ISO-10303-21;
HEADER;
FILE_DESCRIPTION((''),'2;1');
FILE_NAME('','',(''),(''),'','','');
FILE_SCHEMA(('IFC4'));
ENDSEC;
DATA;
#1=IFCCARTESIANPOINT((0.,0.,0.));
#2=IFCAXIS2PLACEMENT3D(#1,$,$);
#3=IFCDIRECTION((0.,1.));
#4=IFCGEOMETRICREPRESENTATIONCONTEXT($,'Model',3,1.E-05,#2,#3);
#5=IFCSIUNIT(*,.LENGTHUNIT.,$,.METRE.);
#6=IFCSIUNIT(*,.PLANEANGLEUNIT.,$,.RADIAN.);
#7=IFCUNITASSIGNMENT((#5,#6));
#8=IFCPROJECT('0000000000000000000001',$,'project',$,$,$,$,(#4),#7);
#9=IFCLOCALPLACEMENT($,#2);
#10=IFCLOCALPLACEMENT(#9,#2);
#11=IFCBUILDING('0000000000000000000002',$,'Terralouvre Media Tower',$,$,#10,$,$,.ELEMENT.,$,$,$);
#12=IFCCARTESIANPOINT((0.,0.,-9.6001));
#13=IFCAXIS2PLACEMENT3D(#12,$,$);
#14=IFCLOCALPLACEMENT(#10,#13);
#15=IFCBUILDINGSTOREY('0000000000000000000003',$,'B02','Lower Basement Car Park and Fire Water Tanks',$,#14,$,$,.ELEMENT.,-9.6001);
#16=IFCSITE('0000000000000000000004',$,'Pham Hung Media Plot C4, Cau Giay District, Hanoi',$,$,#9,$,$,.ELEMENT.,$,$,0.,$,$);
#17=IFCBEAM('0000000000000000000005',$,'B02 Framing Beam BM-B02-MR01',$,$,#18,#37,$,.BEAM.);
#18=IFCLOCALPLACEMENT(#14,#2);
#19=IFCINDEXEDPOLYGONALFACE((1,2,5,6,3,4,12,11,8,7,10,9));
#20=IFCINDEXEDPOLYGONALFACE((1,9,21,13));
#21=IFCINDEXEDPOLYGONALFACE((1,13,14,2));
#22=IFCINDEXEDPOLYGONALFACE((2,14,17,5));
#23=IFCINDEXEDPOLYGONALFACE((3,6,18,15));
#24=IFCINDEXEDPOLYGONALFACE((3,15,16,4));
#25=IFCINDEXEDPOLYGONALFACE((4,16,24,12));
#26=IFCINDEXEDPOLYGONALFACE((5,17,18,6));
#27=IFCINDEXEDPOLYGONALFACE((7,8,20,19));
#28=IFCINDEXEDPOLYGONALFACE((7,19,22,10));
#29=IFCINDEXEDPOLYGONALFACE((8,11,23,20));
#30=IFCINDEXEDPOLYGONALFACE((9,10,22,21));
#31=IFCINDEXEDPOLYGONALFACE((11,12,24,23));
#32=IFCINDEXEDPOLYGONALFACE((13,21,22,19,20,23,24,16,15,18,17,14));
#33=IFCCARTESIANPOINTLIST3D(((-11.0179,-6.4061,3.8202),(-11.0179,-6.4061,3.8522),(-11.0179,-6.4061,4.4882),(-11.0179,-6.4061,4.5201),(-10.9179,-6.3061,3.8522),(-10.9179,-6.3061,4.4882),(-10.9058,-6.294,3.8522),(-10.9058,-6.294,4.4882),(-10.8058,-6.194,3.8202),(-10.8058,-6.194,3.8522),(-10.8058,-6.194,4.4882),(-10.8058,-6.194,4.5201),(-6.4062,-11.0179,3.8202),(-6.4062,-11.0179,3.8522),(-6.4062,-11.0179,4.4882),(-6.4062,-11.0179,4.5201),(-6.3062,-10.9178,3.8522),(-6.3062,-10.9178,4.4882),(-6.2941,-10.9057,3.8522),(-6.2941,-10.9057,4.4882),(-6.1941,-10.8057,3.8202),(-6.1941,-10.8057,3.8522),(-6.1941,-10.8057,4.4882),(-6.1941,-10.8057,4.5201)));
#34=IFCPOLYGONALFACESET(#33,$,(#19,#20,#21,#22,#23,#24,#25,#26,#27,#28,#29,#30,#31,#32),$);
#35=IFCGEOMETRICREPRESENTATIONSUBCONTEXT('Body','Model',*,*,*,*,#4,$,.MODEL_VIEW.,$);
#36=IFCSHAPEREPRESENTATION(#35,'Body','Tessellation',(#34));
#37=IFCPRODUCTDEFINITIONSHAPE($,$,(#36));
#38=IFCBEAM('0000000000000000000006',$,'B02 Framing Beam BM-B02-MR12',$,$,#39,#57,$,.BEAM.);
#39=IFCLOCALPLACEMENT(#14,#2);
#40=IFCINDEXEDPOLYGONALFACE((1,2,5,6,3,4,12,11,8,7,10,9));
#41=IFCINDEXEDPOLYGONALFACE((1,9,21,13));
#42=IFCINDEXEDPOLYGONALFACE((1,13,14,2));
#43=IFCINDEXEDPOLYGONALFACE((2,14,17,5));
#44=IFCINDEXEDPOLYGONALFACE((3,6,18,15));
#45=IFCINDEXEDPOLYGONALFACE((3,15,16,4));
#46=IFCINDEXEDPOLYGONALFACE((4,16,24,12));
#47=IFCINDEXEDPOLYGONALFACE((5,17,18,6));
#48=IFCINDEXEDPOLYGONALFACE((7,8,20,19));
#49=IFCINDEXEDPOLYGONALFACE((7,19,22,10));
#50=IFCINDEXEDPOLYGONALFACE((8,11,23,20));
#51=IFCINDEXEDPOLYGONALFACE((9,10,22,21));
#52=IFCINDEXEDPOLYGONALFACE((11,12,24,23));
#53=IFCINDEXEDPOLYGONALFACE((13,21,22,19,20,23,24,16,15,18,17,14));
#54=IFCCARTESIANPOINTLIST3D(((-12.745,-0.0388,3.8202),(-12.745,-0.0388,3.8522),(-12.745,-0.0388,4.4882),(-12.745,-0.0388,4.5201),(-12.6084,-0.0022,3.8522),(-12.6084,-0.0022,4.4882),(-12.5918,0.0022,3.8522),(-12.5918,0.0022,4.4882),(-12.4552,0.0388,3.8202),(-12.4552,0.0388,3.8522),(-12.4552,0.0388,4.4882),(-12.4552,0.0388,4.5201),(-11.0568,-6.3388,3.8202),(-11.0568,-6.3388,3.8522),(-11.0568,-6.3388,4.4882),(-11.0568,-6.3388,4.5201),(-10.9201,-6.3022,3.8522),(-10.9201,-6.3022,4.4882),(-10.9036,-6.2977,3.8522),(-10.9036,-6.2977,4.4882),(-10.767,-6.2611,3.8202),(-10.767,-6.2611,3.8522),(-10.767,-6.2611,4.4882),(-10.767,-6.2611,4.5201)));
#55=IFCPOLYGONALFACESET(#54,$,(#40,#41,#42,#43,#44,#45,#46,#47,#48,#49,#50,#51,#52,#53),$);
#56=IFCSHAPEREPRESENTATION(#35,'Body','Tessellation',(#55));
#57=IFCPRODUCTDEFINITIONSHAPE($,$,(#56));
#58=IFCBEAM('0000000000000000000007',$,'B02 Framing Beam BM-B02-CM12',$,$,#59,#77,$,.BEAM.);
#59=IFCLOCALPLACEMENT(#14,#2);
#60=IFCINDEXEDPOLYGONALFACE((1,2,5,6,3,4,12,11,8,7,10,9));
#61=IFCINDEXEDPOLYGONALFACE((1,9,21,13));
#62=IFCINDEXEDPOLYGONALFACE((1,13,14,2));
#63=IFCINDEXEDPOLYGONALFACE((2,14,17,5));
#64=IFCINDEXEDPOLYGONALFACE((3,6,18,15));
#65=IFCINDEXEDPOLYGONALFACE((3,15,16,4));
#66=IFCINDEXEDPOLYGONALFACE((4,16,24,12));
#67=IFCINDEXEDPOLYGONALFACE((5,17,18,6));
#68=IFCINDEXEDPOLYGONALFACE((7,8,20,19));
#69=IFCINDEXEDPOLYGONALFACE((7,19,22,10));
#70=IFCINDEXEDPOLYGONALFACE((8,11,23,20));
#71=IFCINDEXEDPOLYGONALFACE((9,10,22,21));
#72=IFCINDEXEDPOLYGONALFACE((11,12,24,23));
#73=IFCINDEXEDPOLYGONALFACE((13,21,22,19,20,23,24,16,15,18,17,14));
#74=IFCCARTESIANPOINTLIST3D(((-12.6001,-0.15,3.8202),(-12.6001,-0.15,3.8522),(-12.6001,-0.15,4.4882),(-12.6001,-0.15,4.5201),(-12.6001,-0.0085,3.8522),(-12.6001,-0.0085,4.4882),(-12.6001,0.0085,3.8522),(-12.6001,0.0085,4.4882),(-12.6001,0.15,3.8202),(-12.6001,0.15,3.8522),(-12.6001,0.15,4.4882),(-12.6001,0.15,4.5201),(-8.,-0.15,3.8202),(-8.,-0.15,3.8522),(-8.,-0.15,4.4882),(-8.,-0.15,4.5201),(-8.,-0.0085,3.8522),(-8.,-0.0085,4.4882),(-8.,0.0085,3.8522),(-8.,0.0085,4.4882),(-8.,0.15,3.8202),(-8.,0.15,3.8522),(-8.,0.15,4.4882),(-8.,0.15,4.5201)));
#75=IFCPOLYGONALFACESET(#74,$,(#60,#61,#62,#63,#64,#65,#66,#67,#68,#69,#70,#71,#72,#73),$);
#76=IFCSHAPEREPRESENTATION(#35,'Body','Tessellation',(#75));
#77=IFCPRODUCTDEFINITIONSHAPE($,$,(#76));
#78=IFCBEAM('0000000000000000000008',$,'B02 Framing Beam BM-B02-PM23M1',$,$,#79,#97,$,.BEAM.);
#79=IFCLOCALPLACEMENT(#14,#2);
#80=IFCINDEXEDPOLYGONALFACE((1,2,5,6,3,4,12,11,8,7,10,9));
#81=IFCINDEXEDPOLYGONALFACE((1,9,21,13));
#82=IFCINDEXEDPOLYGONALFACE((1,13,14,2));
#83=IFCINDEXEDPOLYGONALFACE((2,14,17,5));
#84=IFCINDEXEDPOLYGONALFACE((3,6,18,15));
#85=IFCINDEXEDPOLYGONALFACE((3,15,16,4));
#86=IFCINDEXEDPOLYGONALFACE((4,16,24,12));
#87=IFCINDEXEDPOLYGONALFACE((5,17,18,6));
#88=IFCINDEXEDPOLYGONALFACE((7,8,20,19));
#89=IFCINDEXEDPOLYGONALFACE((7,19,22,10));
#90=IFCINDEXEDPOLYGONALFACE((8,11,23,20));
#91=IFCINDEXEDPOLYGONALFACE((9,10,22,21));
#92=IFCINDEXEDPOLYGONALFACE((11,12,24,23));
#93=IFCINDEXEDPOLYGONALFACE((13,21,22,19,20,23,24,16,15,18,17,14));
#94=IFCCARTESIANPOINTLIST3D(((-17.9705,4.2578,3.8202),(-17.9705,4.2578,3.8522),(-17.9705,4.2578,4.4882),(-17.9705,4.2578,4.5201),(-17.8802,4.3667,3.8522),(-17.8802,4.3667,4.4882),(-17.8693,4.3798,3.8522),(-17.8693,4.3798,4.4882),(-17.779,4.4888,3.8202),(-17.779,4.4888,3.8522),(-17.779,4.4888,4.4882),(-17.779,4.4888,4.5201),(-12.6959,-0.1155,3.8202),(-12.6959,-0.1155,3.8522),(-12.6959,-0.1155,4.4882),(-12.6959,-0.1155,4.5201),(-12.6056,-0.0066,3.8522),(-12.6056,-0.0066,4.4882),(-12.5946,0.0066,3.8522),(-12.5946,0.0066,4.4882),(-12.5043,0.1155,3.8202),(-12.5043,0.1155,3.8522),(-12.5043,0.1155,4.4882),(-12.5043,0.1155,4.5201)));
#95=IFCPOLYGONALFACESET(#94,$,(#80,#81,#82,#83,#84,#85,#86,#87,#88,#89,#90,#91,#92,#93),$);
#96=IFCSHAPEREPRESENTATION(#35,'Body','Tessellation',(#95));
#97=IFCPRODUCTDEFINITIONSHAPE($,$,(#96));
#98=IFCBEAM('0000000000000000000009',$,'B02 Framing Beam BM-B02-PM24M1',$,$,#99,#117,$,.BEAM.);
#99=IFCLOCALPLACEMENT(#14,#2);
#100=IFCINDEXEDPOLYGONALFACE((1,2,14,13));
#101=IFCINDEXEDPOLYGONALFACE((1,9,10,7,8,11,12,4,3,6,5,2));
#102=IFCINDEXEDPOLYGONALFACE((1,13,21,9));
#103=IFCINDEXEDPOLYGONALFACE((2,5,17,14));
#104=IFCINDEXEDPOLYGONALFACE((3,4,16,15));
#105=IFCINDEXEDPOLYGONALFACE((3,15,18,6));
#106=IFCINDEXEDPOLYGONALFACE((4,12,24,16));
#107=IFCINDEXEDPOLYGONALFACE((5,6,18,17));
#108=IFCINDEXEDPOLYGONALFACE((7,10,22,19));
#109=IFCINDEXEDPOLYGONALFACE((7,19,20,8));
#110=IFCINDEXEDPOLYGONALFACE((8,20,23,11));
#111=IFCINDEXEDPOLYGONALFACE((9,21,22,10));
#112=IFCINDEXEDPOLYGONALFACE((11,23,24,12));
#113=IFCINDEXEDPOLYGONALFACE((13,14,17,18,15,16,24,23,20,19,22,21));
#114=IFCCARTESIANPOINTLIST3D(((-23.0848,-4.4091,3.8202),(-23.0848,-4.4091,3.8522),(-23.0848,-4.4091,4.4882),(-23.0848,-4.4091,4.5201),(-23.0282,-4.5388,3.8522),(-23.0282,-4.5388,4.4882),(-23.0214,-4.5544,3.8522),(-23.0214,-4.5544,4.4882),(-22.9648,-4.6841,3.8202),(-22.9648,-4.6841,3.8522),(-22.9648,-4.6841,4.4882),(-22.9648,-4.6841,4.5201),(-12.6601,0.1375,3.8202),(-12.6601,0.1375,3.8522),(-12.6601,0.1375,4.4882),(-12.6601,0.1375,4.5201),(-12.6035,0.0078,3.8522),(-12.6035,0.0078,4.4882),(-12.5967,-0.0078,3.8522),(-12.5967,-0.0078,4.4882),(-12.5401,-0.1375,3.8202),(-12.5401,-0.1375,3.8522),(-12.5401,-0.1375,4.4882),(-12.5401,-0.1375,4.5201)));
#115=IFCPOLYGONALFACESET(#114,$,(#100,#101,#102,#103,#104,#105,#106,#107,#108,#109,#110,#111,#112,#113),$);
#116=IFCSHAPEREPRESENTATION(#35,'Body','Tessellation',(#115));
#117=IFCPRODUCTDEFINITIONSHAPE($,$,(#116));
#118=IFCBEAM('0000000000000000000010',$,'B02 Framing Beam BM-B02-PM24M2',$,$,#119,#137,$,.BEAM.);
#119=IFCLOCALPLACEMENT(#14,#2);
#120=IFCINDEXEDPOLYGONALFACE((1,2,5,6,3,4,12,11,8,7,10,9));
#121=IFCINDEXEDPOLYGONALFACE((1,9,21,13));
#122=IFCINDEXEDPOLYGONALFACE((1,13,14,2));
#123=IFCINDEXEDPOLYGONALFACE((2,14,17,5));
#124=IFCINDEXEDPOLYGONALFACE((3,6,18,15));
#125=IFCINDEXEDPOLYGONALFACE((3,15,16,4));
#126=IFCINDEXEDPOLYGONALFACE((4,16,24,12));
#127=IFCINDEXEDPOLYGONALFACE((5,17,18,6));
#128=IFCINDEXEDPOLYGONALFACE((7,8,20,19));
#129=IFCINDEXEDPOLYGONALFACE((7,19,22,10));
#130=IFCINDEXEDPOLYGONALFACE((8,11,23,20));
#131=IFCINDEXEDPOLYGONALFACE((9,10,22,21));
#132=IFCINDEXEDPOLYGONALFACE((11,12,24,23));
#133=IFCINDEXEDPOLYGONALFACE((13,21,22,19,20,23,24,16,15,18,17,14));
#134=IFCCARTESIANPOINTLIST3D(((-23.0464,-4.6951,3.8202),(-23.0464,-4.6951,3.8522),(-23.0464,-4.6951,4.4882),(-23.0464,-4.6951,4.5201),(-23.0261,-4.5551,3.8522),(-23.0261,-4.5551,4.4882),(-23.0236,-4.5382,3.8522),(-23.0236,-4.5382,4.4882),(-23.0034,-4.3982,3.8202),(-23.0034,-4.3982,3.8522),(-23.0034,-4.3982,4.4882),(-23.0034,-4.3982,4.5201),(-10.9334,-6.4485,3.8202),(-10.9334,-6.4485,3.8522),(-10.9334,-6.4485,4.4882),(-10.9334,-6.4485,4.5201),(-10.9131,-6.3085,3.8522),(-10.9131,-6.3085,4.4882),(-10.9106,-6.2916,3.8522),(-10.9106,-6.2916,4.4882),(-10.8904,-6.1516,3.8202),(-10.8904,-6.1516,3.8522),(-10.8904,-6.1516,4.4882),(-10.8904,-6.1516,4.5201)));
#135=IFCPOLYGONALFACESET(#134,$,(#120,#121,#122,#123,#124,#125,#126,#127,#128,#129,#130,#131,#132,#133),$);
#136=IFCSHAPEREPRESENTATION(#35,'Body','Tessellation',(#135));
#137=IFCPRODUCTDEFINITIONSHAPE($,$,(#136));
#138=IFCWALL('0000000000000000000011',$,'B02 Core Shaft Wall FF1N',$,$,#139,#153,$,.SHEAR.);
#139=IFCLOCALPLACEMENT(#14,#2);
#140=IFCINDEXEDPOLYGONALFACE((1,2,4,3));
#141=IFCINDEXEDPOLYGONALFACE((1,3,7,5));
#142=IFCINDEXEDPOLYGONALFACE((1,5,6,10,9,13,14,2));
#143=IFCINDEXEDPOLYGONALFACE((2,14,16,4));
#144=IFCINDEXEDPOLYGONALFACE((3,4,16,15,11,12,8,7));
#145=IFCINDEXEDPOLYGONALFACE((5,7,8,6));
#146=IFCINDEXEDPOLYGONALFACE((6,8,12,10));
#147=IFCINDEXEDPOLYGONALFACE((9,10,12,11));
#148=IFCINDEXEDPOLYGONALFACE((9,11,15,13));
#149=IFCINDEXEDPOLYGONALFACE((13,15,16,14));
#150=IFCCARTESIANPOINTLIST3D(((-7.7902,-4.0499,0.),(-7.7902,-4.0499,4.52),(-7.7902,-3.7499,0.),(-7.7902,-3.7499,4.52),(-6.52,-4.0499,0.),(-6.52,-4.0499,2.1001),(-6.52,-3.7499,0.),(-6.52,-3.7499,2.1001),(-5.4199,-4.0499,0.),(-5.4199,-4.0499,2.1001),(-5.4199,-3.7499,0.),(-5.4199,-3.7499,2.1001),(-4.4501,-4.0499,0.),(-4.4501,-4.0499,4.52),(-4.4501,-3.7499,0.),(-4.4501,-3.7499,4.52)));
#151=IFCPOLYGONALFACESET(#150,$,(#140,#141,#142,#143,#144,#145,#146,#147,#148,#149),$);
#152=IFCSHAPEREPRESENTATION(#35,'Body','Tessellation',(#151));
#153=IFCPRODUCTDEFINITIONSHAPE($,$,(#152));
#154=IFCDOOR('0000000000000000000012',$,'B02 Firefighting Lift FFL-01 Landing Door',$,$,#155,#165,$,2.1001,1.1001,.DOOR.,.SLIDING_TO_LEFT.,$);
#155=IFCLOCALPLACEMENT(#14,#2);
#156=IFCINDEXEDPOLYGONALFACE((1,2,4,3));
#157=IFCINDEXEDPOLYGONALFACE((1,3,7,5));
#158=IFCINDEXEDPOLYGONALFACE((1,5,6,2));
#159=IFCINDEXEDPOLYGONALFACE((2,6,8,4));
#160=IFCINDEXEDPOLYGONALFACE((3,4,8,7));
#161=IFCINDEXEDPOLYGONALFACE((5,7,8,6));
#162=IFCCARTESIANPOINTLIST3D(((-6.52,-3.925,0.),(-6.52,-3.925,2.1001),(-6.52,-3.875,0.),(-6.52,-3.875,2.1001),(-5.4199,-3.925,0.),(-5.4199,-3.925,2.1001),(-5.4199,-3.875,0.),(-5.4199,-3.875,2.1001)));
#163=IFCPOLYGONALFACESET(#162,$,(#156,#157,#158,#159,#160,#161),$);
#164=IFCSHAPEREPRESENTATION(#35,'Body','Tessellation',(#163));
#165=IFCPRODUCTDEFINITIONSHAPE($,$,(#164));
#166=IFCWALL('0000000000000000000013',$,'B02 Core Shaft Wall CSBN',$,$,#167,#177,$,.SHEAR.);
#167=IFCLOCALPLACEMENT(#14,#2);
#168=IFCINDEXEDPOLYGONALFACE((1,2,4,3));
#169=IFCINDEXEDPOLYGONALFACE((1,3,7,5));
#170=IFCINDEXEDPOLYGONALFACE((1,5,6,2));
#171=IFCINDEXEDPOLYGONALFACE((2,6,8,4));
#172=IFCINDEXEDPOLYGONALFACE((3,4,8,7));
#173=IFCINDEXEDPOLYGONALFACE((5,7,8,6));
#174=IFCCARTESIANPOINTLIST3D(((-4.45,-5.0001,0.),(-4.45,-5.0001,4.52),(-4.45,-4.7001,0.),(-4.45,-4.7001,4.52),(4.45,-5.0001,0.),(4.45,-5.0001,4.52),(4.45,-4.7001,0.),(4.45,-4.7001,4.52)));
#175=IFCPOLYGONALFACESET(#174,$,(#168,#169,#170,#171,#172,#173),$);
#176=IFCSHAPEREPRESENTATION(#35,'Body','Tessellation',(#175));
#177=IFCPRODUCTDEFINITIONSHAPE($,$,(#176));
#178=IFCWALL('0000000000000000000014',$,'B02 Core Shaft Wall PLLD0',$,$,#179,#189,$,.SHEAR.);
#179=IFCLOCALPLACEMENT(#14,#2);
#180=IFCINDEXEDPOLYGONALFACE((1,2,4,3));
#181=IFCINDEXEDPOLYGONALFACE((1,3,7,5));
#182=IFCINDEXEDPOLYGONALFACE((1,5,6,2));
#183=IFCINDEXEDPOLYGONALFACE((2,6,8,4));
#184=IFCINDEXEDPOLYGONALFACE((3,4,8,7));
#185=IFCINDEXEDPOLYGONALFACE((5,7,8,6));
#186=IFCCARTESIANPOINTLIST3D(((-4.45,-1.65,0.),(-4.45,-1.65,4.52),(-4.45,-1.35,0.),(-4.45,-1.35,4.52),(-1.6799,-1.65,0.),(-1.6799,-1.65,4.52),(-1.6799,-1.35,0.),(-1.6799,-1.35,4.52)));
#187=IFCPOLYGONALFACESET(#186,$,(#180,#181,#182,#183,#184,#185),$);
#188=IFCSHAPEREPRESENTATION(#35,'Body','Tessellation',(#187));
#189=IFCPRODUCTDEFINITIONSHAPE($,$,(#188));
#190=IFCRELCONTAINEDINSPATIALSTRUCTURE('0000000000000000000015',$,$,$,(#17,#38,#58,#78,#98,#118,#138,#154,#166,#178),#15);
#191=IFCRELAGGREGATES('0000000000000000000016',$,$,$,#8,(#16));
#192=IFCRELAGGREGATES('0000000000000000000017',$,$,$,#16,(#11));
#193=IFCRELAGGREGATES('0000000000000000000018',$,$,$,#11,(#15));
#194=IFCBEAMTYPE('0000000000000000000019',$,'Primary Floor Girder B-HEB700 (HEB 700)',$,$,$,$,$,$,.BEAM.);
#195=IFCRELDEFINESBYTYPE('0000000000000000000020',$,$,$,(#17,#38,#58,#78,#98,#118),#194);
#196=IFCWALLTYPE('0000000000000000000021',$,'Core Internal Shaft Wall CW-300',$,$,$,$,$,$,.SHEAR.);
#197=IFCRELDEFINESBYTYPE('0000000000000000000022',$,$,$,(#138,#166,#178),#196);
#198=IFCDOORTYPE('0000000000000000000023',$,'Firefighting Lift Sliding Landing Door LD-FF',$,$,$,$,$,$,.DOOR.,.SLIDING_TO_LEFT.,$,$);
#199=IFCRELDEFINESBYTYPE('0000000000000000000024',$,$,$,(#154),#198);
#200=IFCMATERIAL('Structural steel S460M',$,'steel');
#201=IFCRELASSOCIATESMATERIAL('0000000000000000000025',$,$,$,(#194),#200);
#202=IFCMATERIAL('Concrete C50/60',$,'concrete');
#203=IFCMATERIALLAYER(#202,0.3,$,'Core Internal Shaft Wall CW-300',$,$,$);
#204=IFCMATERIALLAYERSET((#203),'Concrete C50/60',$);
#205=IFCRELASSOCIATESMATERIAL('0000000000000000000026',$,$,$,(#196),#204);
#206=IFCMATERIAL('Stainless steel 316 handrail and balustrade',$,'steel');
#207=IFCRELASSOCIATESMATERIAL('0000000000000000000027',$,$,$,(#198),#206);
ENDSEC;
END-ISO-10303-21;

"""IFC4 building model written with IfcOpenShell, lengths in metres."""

from ifc_helpers import new_model, si_unit, direction, frame, frame_2d, origin, origin_2d, place, context, subcontext, project, spatial, rectangle, i_section, extrude, material, layer, layer_set, material_profile, profile_set, type_object, element, fill, save


model = new_model("IFC4")

# Units and contexts
model_context = context("Model", 3, precision=1e-05, world=origin(), true_north=direction((0.0, 1.0)))
body_context = subcontext(model_context, "Body", "Model", "MODEL_VIEW")
ifc_project = project(units=[si_unit("LENGTHUNIT", "METRE"), si_unit("PLANEANGLEUNIT", "RADIAN")], contexts=[model_context])

# Site, building, storey
site_placement = place(None, origin())
site = spatial("IfcSite", under=ifc_project, at=site_placement, Name="Pham Hung Media Plot C4, Cau Giay District, Hanoi", CompositionType="ELEMENT", RefElevation=0.0)
building_placement = place(site_placement, origin())
building = spatial("IfcBuilding", under=site, at=building_placement, Name="Terralouvre Media Tower", CompositionType="ELEMENT")
storey_placement = place(building_placement, frame((0.0, 0.0, -9.6001)))
storey = spatial("IfcBuildingStorey", under=building, at=storey_placement, Name="B02", Description="Lower Basement Car Park and Fire Water Tanks", CompositionType="ELEMENT", Elevation=-9.6001)

# Beams
ifc_material_1 = material(Name="Structural steel S460M", Category="steel")
ifc_material_profile_1 = material_profile(ifc_material_1, i_section(OverallWidth=0.3, OverallDepth=0.7, WebThickness=0.0171, FlangeThickness=0.032, at=origin_2d()), Name="HEB 700")
ifc_profile_set_1 = profile_set([ifc_material_profile_1], Name="Structural steel S460M")
beam_type_1 = type_object("IfcBeamType", Name="Primary Floor Girder B-HEB700 (HEB 700)", PredefinedType="BEAM", material=ifc_profile_set_1)
beam_1_placement = place(storey_placement, frame((-10.9119, -6.3, 4.1702), z_axis=(0.707107, -0.707107, 0.0), x_axis=(0.707107, 0.707107, 0.0)))
element("IfcBeam", 1, at=beam_1_placement, inside=storey, type_object=beam_type_1, Name="B02 Framing Beam BM-B02-MR01", PredefinedType="BEAM", context=body_context, shape_type="SweptSolid", body=[
    extrude(i_section(OverallWidth=0.3, OverallDepth=0.7, WebThickness=0.0171, FlangeThickness=0.032, at=origin_2d()), origin(), (0.0, 0.0, 1.0), 6.522),
])
beam_2_placement = place(storey_placement, frame((-12.6001, 0.0, 4.1702), z_axis=(0.258839, -0.96592, 0.0), x_axis=(0.96592, 0.258839, 0.0)))
element("IfcBeam", 2, at=beam_2_placement, inside=storey, type_object=beam_type_1, Name="B02 Framing Beam BM-B02-MR12", PredefinedType="BEAM", context=body_context, shape_type="SweptSolid", body=[
    extrude(i_section(OverallWidth=0.3, OverallDepth=0.7, WebThickness=0.0171, FlangeThickness=0.032, at=origin_2d()), origin(), (0.0, 0.0, 1.0), 6.5222),
])
beam_3_placement = place(storey_placement, frame((-8.0, 0.0, 4.1702), z_axis=(-1.0, 0.0, 0.0), x_axis=(0.0, -1.0, 0.0)))
element("IfcBeam", 3, at=beam_3_placement, inside=storey, type_object=beam_type_1, Name="B02 Framing Beam BM-B02-CM12", PredefinedType="BEAM", context=body_context, shape_type="SweptSolid", body=[
    extrude(i_section(OverallWidth=0.3, OverallDepth=0.7, WebThickness=0.0171, FlangeThickness=0.032, at=origin_2d()), origin(), (0.0, 0.0, 1.0), 4.6001),
])
beam_4_placement = place(storey_placement, frame((-12.6001, 0.0, 4.1702), z_axis=(-0.769816, 0.638265, 0.0), x_axis=(-0.638265, -0.769816, 0.0)))
element("IfcBeam", 4, at=beam_4_placement, inside=storey, type_object=beam_type_1, Name="B02 Framing Beam BM-B02-PM23M1", PredefinedType="BEAM", context=body_context, shape_type="SweptSolid", body=[
    extrude(i_section(OverallWidth=0.3, OverallDepth=0.7, WebThickness=0.0171, FlangeThickness=0.032, at=origin_2d()), origin(), (0.0, 0.0, 1.0), 6.8518),
])
beam_5_placement = place(storey_placement, frame((-12.6001, 0.0, 4.1702), z_axis=(-0.916616, -0.399769, 0.0), x_axis=(0.399769, -0.916616, 0.0)))
element("IfcBeam", 5, at=beam_5_placement, inside=storey, type_object=beam_type_1, Name="B02 Framing Beam BM-B02-PM24M1", PredefinedType="BEAM", context=body_context, shape_type="SweptSolid", body=[
    extrude(i_section(OverallWidth=0.3, OverallDepth=0.7, WebThickness=0.0171, FlangeThickness=0.032, at=origin_2d()), origin(), (0.0, 0.0, 1.0), 11.373),
])
beam_6_placement = place(storey_placement, frame((-10.9119, -6.3, 4.1702), z_axis=(-0.989685, 0.143261, 0.0), x_axis=(-0.143261, -0.989685, 0.0)))
element("IfcBeam", 6, at=beam_6_placement, inside=storey, type_object=beam_type_1, Name="B02 Framing Beam BM-B02-PM24M2", PredefinedType="BEAM", context=body_context, shape_type="SweptSolid", body=[
    extrude(i_section(OverallWidth=0.3, OverallDepth=0.7, WebThickness=0.0171, FlangeThickness=0.032, at=origin_2d()), origin(), (0.0, 0.0, 1.0), 12.2393),
])

# Wall, opening, door
ifc_material_2 = material(Name="Concrete C50/60", Category="concrete")
ifc_layer_1 = layer(ifc_material_2, 0.3, Name="Core Internal Shaft Wall CW-300")
ifc_layer_set_1 = layer_set([ifc_layer_1], Name="Concrete C50/60")
wall_type = type_object("IfcWallType", Name="Core Internal Shaft Wall CW-300", PredefinedType="SHEAR", material=ifc_layer_set_1)
wall_1_placement = place(storey_placement, frame((-7.79, -3.8999, 0.0), z_axis=(0.0, 0.0, 1.0), x_axis=(1.0, 0.0, 0.0)))
wall_1 = element("IfcWall", 7, at=wall_1_placement, inside=storey, type_object=wall_type, Name="B02 Core Shaft Wall FF1N", PredefinedType="SHEAR", context=body_context, shape_type="SweptSolid", body=[
    extrude(rectangle(XDim=3.3401, YDim=0.3, at=frame_2d((1.6699, 0.0))), origin(), (0.0, 0.0, 1.0), 4.52),
])
opening_1_placement = place(wall_1_placement, frame((1.27, 0.0, 0.0)))
opening_1 = element("IfcOpeningElement", 8, at=opening_1_placement, cuts=wall_1, PredefinedType="OPENING", context=body_context, shape_type="SweptSolid", body=[
    extrude(rectangle(XDim=1.1001, YDim=2.1001, at=frame_2d((0.55, 1.05))), frame((0.0, 0.1599, 0.0), z_axis=(0.0, -1.0, 0.0), x_axis=(1.0, 0.0, 0.0)), (0.0, 0.0, 1.0), 0.3201),
])
ifc_material_3 = material(Name="Stainless steel 316 handrail and balustrade", Category="steel")
door_type_1 = type_object("IfcDoorType", Name="Firefighting Lift Sliding Landing Door LD-FF", OperationType="SLIDING_TO_LEFT", PredefinedType="DOOR", material=ifc_material_3)
door_1_placement = place(opening_1_placement, origin())
door_1 = element("IfcDoor", 9, at=door_1_placement, inside=storey, type_object=door_type_1, Name="B02 Firefighting Lift FFL-01 Landing Door", OperationType="SLIDING_TO_LEFT", OverallHeight=2.1001, OverallWidth=1.1001, PredefinedType="DOOR", context=body_context, shape_type="SweptSolid", body=[
    extrude(rectangle(XDim=1.1001, YDim=2.1001, at=frame_2d((0.55, 1.05))), frame((0.0, 0.0249, 0.0), z_axis=(0.0, -1.0, 0.0), x_axis=(1.0, 0.0, 0.0)), (0.0, 0.0, 1.0), 0.05),
])
fill(opening_1, door_1)

# Walls
wall_2_placement = place(storey_placement, frame((-4.45, -4.8501, 0.0), z_axis=(0.0, 0.0, 1.0), x_axis=(1.0, 0.0, 0.0)))
element("IfcWall", 10, at=wall_2_placement, inside=storey, type_object=wall_type, Name="B02 Core Shaft Wall CSBN", PredefinedType="SHEAR", context=body_context, shape_type="SweptSolid", body=[
    extrude(rectangle(XDim=8.8999, YDim=0.3, at=frame_2d((4.45, 0.0))), origin(), (0.0, 0.0, 1.0), 4.52),
])
for number, where, z_axis, x_axis, name in (
    (11, (-4.45, -1.5, 0.0), (0.0, 0.0, 1.0), (1.0, 0.0, 0.0), "B02 Core Shaft Wall PLLD0"),
):
    element("IfcWall", number, at=place(storey_placement, frame(where, z_axis=z_axis, x_axis=x_axis)), inside=storey, type_object=wall_type, Name=name, PredefinedType="SHEAR", context=body_context, shape_type="SweptSolid", body=[
        extrude(rectangle(XDim=2.77, YDim=0.3, at=frame_2d((1.385, 0.0))), origin(), (0.0, 0.0, 1.0), 4.52),
    ])

save(model, "model.ifc")
